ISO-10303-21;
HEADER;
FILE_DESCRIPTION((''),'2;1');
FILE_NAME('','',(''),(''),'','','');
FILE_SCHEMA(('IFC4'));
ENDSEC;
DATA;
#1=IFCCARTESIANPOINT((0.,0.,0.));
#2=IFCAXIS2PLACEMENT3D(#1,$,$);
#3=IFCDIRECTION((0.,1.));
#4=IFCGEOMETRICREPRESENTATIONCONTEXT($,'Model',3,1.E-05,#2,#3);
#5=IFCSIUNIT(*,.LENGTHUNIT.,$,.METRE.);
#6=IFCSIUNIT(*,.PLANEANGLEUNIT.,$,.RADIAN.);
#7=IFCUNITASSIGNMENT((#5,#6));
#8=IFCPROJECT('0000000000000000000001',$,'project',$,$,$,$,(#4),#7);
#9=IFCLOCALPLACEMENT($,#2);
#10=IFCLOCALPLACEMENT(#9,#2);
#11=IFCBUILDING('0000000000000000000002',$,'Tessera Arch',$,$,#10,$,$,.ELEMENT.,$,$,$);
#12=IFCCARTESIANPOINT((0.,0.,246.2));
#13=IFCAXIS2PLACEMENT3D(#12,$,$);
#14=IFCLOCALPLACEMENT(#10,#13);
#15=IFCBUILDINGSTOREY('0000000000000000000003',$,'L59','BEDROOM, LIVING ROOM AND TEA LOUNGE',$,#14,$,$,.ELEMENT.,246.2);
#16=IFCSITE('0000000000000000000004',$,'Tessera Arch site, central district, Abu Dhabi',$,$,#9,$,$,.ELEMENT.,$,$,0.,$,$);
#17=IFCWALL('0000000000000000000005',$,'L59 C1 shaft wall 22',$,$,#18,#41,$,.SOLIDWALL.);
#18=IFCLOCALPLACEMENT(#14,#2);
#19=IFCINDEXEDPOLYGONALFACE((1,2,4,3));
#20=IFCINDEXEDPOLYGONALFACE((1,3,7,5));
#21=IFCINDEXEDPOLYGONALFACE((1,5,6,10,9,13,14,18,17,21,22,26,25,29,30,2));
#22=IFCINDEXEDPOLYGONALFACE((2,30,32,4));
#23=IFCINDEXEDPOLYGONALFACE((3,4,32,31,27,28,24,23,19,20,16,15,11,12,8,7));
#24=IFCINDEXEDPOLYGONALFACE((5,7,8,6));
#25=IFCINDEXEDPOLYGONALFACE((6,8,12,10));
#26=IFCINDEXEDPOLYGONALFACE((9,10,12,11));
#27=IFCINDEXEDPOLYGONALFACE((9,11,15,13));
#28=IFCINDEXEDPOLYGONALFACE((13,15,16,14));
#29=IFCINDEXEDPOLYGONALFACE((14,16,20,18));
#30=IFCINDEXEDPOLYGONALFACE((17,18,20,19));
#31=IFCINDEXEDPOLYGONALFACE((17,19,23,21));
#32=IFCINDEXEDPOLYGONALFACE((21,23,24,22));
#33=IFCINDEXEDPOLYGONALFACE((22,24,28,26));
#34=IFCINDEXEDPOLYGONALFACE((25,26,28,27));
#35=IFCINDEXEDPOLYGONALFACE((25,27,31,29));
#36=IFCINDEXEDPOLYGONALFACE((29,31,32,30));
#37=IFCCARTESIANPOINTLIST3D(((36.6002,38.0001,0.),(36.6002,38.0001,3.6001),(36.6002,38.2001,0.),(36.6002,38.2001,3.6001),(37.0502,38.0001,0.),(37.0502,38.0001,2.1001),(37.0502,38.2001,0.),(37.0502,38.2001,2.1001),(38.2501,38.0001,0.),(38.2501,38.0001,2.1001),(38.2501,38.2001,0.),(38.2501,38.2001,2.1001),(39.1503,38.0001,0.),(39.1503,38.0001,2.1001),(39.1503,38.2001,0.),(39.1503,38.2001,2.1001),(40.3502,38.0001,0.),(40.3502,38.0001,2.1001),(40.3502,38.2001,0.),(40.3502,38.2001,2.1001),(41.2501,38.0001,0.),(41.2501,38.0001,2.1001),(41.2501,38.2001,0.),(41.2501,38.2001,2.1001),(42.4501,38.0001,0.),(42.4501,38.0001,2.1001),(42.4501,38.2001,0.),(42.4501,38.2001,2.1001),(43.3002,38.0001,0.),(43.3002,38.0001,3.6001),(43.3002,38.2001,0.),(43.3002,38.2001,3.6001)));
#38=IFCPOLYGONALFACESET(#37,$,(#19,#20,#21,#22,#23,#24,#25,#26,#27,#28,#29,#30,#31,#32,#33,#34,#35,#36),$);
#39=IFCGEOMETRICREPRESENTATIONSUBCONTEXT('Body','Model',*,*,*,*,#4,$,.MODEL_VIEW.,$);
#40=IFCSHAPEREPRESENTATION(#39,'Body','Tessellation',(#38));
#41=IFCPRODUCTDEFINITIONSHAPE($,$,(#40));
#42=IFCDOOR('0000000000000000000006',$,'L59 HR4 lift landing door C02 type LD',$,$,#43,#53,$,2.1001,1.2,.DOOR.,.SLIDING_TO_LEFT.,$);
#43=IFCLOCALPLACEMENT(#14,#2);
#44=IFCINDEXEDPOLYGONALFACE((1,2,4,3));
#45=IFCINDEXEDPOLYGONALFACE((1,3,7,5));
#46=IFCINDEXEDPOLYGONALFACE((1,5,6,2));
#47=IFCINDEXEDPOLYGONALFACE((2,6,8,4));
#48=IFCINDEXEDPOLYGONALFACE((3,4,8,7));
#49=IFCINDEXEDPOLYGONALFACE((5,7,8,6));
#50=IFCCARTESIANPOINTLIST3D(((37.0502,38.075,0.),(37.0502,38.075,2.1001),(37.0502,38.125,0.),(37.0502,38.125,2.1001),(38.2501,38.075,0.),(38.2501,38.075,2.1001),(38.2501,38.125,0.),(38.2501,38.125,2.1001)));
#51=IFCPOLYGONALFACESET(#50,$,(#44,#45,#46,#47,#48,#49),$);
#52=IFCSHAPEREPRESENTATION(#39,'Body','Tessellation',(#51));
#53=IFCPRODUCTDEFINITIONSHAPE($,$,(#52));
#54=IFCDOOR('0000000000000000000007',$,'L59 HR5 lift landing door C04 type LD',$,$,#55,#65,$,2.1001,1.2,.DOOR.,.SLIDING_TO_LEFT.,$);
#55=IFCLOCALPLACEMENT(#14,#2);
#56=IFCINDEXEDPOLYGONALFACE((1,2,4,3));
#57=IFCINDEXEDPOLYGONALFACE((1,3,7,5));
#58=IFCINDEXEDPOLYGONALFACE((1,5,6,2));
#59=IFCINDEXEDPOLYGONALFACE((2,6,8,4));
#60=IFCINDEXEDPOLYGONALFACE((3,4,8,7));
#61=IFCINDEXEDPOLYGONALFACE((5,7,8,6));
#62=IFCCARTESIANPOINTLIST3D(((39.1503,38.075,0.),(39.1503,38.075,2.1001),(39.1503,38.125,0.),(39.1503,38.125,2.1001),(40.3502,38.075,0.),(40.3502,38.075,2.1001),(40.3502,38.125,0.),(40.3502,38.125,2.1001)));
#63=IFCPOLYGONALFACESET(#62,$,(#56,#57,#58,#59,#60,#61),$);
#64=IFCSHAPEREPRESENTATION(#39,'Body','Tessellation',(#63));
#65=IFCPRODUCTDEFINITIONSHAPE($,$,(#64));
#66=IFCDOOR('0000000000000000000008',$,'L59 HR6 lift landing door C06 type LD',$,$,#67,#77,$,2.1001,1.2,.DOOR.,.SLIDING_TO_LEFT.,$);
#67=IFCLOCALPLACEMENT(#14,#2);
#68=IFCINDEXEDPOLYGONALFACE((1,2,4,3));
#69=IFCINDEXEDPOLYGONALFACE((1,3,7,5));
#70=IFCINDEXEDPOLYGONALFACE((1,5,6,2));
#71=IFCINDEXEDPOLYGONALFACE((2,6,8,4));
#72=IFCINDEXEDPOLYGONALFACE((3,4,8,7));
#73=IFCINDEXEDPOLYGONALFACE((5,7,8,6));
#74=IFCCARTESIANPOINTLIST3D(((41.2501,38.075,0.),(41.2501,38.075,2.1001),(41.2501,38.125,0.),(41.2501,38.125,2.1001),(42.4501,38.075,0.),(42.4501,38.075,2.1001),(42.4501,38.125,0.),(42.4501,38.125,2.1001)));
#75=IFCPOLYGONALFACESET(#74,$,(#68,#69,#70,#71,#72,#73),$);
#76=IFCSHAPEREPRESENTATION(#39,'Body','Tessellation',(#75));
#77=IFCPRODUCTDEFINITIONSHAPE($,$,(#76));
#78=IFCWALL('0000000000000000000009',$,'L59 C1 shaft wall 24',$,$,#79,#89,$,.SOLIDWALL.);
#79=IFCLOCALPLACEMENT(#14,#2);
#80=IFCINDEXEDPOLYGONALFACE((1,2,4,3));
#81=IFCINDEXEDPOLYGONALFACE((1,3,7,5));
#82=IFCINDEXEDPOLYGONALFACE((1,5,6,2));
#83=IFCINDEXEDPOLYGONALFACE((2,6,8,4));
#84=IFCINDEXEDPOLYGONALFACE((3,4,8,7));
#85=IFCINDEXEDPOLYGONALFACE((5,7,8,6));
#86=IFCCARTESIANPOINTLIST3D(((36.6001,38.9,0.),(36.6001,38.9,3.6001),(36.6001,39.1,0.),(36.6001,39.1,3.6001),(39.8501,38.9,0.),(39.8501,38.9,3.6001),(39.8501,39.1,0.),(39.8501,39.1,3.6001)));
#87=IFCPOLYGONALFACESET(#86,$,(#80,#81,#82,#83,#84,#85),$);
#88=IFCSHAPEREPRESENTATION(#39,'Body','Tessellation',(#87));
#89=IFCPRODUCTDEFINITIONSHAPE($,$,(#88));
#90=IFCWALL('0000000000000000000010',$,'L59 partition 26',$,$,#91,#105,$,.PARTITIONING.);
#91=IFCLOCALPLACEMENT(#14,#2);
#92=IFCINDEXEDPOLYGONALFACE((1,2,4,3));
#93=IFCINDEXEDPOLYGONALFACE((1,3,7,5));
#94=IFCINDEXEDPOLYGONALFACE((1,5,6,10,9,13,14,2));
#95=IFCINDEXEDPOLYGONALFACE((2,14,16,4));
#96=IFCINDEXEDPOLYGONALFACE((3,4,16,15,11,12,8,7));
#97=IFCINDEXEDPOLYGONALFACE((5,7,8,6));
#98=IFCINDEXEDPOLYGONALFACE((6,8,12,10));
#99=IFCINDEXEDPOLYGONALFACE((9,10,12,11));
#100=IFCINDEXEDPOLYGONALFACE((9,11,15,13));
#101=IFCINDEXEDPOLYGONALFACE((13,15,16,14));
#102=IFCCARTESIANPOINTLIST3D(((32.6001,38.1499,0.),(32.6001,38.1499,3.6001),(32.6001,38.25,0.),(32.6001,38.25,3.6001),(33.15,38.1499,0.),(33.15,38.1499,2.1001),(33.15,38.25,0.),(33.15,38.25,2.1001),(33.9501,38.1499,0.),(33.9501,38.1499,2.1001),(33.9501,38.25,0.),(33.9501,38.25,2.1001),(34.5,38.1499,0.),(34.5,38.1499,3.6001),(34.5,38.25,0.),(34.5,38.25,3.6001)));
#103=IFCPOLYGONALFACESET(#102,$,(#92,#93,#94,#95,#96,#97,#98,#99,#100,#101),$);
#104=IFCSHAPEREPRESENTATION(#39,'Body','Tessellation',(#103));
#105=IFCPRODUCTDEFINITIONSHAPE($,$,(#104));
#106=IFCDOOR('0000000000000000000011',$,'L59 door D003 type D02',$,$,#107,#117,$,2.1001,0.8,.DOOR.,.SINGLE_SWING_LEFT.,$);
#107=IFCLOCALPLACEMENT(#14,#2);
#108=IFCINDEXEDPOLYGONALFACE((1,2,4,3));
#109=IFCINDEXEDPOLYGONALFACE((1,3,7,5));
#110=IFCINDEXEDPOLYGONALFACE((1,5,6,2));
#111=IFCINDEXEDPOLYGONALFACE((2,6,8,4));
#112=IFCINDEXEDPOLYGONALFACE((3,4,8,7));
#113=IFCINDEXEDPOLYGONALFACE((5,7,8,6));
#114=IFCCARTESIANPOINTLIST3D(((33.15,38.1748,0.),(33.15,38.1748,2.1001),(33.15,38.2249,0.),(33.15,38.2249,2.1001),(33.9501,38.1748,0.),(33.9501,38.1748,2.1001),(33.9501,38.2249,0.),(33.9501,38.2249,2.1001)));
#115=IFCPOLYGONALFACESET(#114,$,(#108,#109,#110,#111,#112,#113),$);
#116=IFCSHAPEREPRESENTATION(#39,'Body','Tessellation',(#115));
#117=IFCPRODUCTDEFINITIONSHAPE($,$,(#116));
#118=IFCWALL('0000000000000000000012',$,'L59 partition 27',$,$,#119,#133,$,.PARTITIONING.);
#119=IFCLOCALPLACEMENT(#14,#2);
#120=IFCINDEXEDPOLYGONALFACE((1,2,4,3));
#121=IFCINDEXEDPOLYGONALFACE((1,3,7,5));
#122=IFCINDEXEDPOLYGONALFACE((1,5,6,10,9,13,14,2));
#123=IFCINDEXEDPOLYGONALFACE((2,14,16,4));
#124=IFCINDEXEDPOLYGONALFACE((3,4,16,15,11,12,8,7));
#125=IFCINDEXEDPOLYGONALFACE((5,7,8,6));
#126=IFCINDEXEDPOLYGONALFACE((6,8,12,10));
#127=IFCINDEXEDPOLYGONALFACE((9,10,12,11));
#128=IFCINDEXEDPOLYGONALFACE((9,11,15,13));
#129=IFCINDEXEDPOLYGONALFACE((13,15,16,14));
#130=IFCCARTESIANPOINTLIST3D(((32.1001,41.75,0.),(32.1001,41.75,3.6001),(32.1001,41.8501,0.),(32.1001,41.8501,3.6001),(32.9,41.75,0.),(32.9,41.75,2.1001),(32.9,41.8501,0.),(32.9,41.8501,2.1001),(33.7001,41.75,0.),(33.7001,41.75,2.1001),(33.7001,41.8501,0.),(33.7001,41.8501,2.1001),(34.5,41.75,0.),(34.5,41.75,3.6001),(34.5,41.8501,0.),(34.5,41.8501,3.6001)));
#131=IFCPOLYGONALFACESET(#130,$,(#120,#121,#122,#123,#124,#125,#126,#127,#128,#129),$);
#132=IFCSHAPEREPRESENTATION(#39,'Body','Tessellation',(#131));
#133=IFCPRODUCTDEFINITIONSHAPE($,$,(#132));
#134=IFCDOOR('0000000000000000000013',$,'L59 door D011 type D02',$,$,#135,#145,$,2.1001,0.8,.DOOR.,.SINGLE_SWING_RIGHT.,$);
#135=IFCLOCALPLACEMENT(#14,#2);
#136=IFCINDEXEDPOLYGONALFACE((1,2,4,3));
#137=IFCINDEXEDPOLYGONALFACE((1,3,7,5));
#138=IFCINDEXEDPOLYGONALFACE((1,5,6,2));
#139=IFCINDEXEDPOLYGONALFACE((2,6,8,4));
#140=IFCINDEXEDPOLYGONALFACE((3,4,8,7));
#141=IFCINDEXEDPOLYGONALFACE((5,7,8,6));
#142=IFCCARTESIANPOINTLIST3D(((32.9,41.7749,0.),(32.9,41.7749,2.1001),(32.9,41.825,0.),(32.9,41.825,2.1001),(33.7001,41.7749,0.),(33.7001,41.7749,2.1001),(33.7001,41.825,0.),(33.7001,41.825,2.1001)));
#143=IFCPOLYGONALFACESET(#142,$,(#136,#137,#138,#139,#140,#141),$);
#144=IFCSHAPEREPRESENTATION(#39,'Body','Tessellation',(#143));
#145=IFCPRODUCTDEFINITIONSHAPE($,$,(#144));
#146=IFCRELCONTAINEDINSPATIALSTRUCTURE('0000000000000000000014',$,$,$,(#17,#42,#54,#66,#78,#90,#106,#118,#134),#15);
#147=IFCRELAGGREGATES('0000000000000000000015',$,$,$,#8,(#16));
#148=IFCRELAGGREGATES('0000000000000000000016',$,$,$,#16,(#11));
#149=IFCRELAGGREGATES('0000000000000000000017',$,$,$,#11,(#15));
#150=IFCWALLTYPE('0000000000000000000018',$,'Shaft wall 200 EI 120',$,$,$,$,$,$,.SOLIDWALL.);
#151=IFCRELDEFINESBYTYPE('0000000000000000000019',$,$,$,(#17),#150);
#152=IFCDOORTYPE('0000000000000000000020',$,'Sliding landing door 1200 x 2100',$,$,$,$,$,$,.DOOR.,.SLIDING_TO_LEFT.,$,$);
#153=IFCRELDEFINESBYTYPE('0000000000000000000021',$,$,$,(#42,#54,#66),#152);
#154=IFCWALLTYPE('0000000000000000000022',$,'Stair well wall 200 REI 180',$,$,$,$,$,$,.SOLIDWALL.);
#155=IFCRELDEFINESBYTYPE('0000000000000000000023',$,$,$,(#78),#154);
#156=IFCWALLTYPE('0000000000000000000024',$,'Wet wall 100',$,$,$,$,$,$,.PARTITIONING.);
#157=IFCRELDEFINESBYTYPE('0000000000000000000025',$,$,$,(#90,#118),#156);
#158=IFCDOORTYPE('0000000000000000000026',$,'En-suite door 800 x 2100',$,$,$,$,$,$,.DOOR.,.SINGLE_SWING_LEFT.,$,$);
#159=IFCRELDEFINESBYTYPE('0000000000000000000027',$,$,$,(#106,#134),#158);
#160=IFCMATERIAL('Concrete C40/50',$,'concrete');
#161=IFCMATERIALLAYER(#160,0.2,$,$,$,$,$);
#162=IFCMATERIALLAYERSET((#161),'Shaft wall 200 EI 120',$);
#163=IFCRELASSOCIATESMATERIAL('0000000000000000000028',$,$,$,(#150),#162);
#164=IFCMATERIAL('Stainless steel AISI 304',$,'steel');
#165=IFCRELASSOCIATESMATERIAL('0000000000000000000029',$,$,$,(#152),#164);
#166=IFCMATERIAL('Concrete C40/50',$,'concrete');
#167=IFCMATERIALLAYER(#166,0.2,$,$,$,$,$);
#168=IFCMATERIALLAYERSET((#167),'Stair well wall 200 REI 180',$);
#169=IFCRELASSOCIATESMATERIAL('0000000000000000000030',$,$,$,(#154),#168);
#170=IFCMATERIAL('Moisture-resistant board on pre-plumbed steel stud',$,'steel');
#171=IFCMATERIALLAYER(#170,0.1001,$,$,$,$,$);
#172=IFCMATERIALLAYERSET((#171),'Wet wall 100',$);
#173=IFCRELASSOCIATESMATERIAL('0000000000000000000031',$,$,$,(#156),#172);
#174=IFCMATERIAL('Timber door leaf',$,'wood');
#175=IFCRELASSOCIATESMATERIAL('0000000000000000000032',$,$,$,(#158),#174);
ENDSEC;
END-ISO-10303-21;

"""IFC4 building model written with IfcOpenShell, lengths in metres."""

from ifc_helpers import new_model, si_unit, direction, frame, frame_2d, origin, place, context, subcontext, project, spatial, rectangle, extrude, material, layer, layer_set, type_object, element, fill, save


model = new_model("IFC4")

# Units and contexts
model_context = context("Model", 3, precision=1e-05, world=origin(), true_north=direction((0.0, 1.0)))
body_context = subcontext(model_context, "Body", "Model", "MODEL_VIEW")
ifc_project = project(units=[si_unit("LENGTHUNIT", "METRE"), si_unit("PLANEANGLEUNIT", "RADIAN")], contexts=[model_context])

# Site, building, storey
site_placement = place(None, origin())
site = spatial("IfcSite", under=ifc_project, at=site_placement, Name="Tessera Arch site, central district, Abu Dhabi", CompositionType="ELEMENT", RefElevation=0.0)
building_placement = place(site_placement, origin())
building = spatial("IfcBuilding", under=site, at=building_placement, Name="Tessera Arch", CompositionType="ELEMENT")
storey_placement = place(building_placement, frame((0.0, 0.0, 246.2)))
storey = spatial("IfcBuildingStorey", under=building, at=storey_placement, Name="L59", Description="BEDROOM, LIVING ROOM AND TEA LOUNGE", CompositionType="ELEMENT", Elevation=246.2)

# Wall, openings, doors
ifc_material_1 = material(Name="Concrete C40/50", Category="concrete")
ifc_layer_1 = layer(ifc_material_1, 0.2)
ifc_layer_set_1 = layer_set([ifc_layer_1], Name="Shaft wall 200 EI 120")
wall_type_1 = type_object("IfcWallType", Name="Shaft wall 200 EI 120", PredefinedType="SOLIDWALL", material=ifc_layer_set_1)
wall_1_placement = place(storey_placement, frame((36.6001, 38.1001, 0.0), z_axis=(0.0, 0.0, 1.0), x_axis=(1.0, 0.0, 0.0)))
wall_1 = element("IfcWall", 1, at=wall_1_placement, inside=storey, type_object=wall_type_1, Name="L59 C1 shaft wall 22", PredefinedType="SOLIDWALL", context=body_context, shape_type="SweptSolid", body=[
    extrude(rectangle(XDim=6.7, YDim=0.2, at=frame_2d((3.3501, 0.0))), origin(), (0.0, 0.0, 1.0), 3.6001),
])
opening_1_placement = place(wall_1_placement, frame((0.45, 0.0, 0.0)))
opening_1 = element("IfcOpeningElement", 2, at=opening_1_placement, cuts=wall_1, PredefinedType="OPENING", context=body_context, shape_type="SweptSolid", body=[
    extrude(rectangle(XDim=1.2, YDim=2.1001, at=frame_2d((0.6001, 1.05))), frame((0.0, 0.1099, 0.0), z_axis=(0.0, -1.0, 0.0), x_axis=(1.0, 0.0, 0.0)), (0.0, 0.0, 1.0), 0.22),
])
opening_2_placement = place(wall_1_placement, frame((2.55, 0.0, 0.0)))
opening_2 = element("IfcOpeningElement", 3, at=opening_2_placement, cuts=wall_1, PredefinedType="OPENING", context=body_context, shape_type="SweptSolid", body=[
    extrude(rectangle(XDim=1.2, YDim=2.1001, at=frame_2d((0.6001, 1.05))), frame((0.0, 0.1099, 0.0), z_axis=(0.0, -1.0, 0.0), x_axis=(1.0, 0.0, 0.0)), (0.0, 0.0, 1.0), 0.22),
])
opening_3_placement = place(wall_1_placement, frame((4.6499, 0.0, 0.0)))
opening_3 = element("IfcOpeningElement", 4, at=opening_3_placement, cuts=wall_1, PredefinedType="OPENING", context=body_context, shape_type="SweptSolid", body=[
    extrude(rectangle(XDim=1.2, YDim=2.1001, at=frame_2d((0.6001, 1.05))), frame((0.0, 0.1099, 0.0), z_axis=(0.0, -1.0, 0.0), x_axis=(1.0, 0.0, 0.0)), (0.0, 0.0, 1.0), 0.22),
])
ifc_material_2 = material(Name="Stainless steel AISI 304", Category="steel")
door_type_1 = type_object("IfcDoorType", Name="Sliding landing door 1200 x 2100", OperationType="SLIDING_TO_LEFT", PredefinedType="DOOR", material=ifc_material_2)
door_1_placement = place(opening_1_placement, origin())
door_1 = element("IfcDoor", 5, at=door_1_placement, inside=storey, type_object=door_type_1, Name="L59 HR4 lift landing door C02 type LD", OperationType="SLIDING_TO_LEFT", OverallHeight=2.1001, OverallWidth=1.2, PredefinedType="DOOR", context=body_context, shape_type="SweptSolid", body=[
    extrude(rectangle(XDim=1.2, YDim=2.1001, at=frame_2d((0.6001, 1.05))), frame((0.0, 0.0249, 0.0), z_axis=(0.0, -1.0, 0.0), x_axis=(1.0, 0.0, 0.0)), (0.0, 0.0, 1.0), 0.05),
])
fill(opening_1, door_1)
door_2_placement = place(opening_2_placement, origin())
door_2 = element("IfcDoor", 6, at=door_2_placement, inside=storey, type_object=door_type_1, Name="L59 HR5 lift landing door C04 type LD", OperationType="SLIDING_TO_LEFT", OverallHeight=2.1001, OverallWidth=1.2, PredefinedType="DOOR", context=body_context, shape_type="SweptSolid", body=[
    extrude(rectangle(XDim=1.2, YDim=2.1001, at=frame_2d((0.6001, 1.05))), frame((0.0, 0.0249, 0.0), z_axis=(0.0, -1.0, 0.0), x_axis=(1.0, 0.0, 0.0)), (0.0, 0.0, 1.0), 0.05),
])
fill(opening_2, door_2)
door_3_placement = place(opening_3_placement, origin())
door_3 = element("IfcDoor", 7, at=door_3_placement, inside=storey, type_object=door_type_1, Name="L59 HR6 lift landing door C06 type LD", OperationType="SLIDING_TO_LEFT", OverallHeight=2.1001, OverallWidth=1.2, PredefinedType="DOOR", context=body_context, shape_type="SweptSolid", body=[
    extrude(rectangle(XDim=1.2, YDim=2.1001, at=frame_2d((0.6001, 1.05))), frame((0.0, 0.0249, 0.0), z_axis=(0.0, -1.0, 0.0), x_axis=(1.0, 0.0, 0.0)), (0.0, 0.0, 1.0), 0.05),
])
fill(opening_3, door_3)

# Wall
ifc_material_3 = material(Name="Concrete C40/50", Category="concrete")
ifc_layer_2 = layer(ifc_material_3, 0.2)
ifc_layer_set_2 = layer_set([ifc_layer_2], Name="Stair well wall 200 REI 180")
wall_type_2 = type_object("IfcWallType", Name="Stair well wall 200 REI 180", PredefinedType="SOLIDWALL", material=ifc_layer_set_2)
wall_2_placement = place(storey_placement, frame((36.6001, 39.0, 0.0), z_axis=(0.0, 0.0, 1.0), x_axis=(1.0, 0.0, 0.0)))
element("IfcWall", 8, at=wall_2_placement, inside=storey, type_object=wall_type_2, Name="L59 C1 shaft wall 24", PredefinedType="SOLIDWALL", context=body_context, shape_type="SweptSolid", body=[
    extrude(rectangle(XDim=3.25, YDim=0.2, at=frame_2d((1.625, 0.0))), origin(), (0.0, 0.0, 1.0), 3.6001),
])

# Walls, openings, doors
ifc_material_4 = material(Name="Moisture-resistant board on pre-plumbed steel stud", Category="steel")
ifc_layer_3 = layer(ifc_material_4, 0.1001)
ifc_layer_set_3 = layer_set([ifc_layer_3], Name="Wet wall 100")
wall_type_3 = type_object("IfcWallType", Name="Wet wall 100", PredefinedType="PARTITIONING", material=ifc_layer_set_3)
wall_3_placement = place(storey_placement, frame((32.6001, 38.2, 0.0), z_axis=(0.0, 0.0, 1.0), x_axis=(1.0, 0.0, 0.0)))
wall_3 = element("IfcWall", 9, at=wall_3_placement, inside=storey, type_object=wall_type_3, Name="L59 partition 26", PredefinedType="PARTITIONING", context=body_context, shape_type="SweptSolid", body=[
    extrude(rectangle(XDim=1.8999, YDim=0.1001, at=frame_2d((0.95, 0.0))), origin(), (0.0, 0.0, 1.0), 3.6001),
])
opening_4_placement = place(wall_3_placement, frame((0.55, 0.0, 0.0)))
opening_4 = element("IfcOpeningElement", 10, at=opening_4_placement, cuts=wall_3, PredefinedType="OPENING", context=body_context, shape_type="SweptSolid", body=[
    extrude(rectangle(XDim=0.8, YDim=2.1001, at=frame_2d((0.3999, 1.05))), frame((0.0, 0.0601, 0.0), z_axis=(0.0, -1.0, 0.0), x_axis=(1.0, 0.0, 0.0)), (0.0, 0.0, 1.0), 0.1201),
])
ifc_material_5 = material(Name="Timber door leaf", Category="wood")
door_type_2 = type_object("IfcDoorType", Name="En-suite door 800 x 2100", OperationType="SINGLE_SWING_LEFT", PredefinedType="DOOR", material=ifc_material_5)
door_4_placement = place(opening_4_placement, origin())
door_4 = element("IfcDoor", 11, at=door_4_placement, inside=storey, type_object=door_type_2, Name="L59 door D003 type D02", OperationType="SINGLE_SWING_LEFT", OverallHeight=2.1001, OverallWidth=0.8, PredefinedType="DOOR", context=body_context, shape_type="SweptSolid", body=[
    extrude(rectangle(XDim=0.8, YDim=2.1001, at=frame_2d((0.3999, 1.05))), frame((0.0, 0.0249, 0.0), z_axis=(0.0, -1.0, 0.0), x_axis=(1.0, 0.0, 0.0)), (0.0, 0.0, 1.0), 0.05),
])
fill(opening_4, door_4)
wall_4_placement = place(storey_placement, frame((32.1001, 41.8, 0.0), z_axis=(0.0, 0.0, 1.0), x_axis=(1.0, 0.0, 0.0)))
wall_4 = element("IfcWall", 12, at=wall_4_placement, inside=storey, type_object=wall_type_3, Name="L59 partition 27", PredefinedType="PARTITIONING", context=body_context, shape_type="SweptSolid", body=[
    extrude(rectangle(XDim=2.3999, YDim=0.1001, at=frame_2d((1.2, 0.0))), origin(), (0.0, 0.0, 1.0), 3.6001),
])
opening_5_placement = place(wall_4_placement, frame((0.8, 0.0, 0.0)))
opening_5 = element("IfcOpeningElement", 13, at=opening_5_placement, cuts=wall_4, PredefinedType="OPENING", context=body_context, shape_type="SweptSolid", body=[
    extrude(rectangle(XDim=0.8, YDim=2.1001, at=frame_2d((0.3999, 1.05))), frame((0.0, 0.0601, 0.0), z_axis=(0.0, -1.0, 0.0), x_axis=(1.0, 0.0, 0.0)), (0.0, 0.0, 1.0), 0.1201),
])
door_5_placement = place(opening_5_placement, origin())
door_5 = element("IfcDoor", 14, at=door_5_placement, inside=storey, type_object=door_type_2, Name="L59 door D011 type D02", OperationType="SINGLE_SWING_RIGHT", OverallHeight=2.1001, OverallWidth=0.8, PredefinedType="DOOR", context=body_context, shape_type="SweptSolid", body=[
    extrude(rectangle(XDim=0.8, YDim=2.1001, at=frame_2d((0.3999, 1.05))), frame((0.0, 0.0249, 0.0), z_axis=(0.0, -1.0, 0.0), x_axis=(1.0, 0.0, 0.0)), (0.0, 0.0, 1.0), 0.05),
])
fill(opening_5, door_5)

save(model, "model.ifc")
